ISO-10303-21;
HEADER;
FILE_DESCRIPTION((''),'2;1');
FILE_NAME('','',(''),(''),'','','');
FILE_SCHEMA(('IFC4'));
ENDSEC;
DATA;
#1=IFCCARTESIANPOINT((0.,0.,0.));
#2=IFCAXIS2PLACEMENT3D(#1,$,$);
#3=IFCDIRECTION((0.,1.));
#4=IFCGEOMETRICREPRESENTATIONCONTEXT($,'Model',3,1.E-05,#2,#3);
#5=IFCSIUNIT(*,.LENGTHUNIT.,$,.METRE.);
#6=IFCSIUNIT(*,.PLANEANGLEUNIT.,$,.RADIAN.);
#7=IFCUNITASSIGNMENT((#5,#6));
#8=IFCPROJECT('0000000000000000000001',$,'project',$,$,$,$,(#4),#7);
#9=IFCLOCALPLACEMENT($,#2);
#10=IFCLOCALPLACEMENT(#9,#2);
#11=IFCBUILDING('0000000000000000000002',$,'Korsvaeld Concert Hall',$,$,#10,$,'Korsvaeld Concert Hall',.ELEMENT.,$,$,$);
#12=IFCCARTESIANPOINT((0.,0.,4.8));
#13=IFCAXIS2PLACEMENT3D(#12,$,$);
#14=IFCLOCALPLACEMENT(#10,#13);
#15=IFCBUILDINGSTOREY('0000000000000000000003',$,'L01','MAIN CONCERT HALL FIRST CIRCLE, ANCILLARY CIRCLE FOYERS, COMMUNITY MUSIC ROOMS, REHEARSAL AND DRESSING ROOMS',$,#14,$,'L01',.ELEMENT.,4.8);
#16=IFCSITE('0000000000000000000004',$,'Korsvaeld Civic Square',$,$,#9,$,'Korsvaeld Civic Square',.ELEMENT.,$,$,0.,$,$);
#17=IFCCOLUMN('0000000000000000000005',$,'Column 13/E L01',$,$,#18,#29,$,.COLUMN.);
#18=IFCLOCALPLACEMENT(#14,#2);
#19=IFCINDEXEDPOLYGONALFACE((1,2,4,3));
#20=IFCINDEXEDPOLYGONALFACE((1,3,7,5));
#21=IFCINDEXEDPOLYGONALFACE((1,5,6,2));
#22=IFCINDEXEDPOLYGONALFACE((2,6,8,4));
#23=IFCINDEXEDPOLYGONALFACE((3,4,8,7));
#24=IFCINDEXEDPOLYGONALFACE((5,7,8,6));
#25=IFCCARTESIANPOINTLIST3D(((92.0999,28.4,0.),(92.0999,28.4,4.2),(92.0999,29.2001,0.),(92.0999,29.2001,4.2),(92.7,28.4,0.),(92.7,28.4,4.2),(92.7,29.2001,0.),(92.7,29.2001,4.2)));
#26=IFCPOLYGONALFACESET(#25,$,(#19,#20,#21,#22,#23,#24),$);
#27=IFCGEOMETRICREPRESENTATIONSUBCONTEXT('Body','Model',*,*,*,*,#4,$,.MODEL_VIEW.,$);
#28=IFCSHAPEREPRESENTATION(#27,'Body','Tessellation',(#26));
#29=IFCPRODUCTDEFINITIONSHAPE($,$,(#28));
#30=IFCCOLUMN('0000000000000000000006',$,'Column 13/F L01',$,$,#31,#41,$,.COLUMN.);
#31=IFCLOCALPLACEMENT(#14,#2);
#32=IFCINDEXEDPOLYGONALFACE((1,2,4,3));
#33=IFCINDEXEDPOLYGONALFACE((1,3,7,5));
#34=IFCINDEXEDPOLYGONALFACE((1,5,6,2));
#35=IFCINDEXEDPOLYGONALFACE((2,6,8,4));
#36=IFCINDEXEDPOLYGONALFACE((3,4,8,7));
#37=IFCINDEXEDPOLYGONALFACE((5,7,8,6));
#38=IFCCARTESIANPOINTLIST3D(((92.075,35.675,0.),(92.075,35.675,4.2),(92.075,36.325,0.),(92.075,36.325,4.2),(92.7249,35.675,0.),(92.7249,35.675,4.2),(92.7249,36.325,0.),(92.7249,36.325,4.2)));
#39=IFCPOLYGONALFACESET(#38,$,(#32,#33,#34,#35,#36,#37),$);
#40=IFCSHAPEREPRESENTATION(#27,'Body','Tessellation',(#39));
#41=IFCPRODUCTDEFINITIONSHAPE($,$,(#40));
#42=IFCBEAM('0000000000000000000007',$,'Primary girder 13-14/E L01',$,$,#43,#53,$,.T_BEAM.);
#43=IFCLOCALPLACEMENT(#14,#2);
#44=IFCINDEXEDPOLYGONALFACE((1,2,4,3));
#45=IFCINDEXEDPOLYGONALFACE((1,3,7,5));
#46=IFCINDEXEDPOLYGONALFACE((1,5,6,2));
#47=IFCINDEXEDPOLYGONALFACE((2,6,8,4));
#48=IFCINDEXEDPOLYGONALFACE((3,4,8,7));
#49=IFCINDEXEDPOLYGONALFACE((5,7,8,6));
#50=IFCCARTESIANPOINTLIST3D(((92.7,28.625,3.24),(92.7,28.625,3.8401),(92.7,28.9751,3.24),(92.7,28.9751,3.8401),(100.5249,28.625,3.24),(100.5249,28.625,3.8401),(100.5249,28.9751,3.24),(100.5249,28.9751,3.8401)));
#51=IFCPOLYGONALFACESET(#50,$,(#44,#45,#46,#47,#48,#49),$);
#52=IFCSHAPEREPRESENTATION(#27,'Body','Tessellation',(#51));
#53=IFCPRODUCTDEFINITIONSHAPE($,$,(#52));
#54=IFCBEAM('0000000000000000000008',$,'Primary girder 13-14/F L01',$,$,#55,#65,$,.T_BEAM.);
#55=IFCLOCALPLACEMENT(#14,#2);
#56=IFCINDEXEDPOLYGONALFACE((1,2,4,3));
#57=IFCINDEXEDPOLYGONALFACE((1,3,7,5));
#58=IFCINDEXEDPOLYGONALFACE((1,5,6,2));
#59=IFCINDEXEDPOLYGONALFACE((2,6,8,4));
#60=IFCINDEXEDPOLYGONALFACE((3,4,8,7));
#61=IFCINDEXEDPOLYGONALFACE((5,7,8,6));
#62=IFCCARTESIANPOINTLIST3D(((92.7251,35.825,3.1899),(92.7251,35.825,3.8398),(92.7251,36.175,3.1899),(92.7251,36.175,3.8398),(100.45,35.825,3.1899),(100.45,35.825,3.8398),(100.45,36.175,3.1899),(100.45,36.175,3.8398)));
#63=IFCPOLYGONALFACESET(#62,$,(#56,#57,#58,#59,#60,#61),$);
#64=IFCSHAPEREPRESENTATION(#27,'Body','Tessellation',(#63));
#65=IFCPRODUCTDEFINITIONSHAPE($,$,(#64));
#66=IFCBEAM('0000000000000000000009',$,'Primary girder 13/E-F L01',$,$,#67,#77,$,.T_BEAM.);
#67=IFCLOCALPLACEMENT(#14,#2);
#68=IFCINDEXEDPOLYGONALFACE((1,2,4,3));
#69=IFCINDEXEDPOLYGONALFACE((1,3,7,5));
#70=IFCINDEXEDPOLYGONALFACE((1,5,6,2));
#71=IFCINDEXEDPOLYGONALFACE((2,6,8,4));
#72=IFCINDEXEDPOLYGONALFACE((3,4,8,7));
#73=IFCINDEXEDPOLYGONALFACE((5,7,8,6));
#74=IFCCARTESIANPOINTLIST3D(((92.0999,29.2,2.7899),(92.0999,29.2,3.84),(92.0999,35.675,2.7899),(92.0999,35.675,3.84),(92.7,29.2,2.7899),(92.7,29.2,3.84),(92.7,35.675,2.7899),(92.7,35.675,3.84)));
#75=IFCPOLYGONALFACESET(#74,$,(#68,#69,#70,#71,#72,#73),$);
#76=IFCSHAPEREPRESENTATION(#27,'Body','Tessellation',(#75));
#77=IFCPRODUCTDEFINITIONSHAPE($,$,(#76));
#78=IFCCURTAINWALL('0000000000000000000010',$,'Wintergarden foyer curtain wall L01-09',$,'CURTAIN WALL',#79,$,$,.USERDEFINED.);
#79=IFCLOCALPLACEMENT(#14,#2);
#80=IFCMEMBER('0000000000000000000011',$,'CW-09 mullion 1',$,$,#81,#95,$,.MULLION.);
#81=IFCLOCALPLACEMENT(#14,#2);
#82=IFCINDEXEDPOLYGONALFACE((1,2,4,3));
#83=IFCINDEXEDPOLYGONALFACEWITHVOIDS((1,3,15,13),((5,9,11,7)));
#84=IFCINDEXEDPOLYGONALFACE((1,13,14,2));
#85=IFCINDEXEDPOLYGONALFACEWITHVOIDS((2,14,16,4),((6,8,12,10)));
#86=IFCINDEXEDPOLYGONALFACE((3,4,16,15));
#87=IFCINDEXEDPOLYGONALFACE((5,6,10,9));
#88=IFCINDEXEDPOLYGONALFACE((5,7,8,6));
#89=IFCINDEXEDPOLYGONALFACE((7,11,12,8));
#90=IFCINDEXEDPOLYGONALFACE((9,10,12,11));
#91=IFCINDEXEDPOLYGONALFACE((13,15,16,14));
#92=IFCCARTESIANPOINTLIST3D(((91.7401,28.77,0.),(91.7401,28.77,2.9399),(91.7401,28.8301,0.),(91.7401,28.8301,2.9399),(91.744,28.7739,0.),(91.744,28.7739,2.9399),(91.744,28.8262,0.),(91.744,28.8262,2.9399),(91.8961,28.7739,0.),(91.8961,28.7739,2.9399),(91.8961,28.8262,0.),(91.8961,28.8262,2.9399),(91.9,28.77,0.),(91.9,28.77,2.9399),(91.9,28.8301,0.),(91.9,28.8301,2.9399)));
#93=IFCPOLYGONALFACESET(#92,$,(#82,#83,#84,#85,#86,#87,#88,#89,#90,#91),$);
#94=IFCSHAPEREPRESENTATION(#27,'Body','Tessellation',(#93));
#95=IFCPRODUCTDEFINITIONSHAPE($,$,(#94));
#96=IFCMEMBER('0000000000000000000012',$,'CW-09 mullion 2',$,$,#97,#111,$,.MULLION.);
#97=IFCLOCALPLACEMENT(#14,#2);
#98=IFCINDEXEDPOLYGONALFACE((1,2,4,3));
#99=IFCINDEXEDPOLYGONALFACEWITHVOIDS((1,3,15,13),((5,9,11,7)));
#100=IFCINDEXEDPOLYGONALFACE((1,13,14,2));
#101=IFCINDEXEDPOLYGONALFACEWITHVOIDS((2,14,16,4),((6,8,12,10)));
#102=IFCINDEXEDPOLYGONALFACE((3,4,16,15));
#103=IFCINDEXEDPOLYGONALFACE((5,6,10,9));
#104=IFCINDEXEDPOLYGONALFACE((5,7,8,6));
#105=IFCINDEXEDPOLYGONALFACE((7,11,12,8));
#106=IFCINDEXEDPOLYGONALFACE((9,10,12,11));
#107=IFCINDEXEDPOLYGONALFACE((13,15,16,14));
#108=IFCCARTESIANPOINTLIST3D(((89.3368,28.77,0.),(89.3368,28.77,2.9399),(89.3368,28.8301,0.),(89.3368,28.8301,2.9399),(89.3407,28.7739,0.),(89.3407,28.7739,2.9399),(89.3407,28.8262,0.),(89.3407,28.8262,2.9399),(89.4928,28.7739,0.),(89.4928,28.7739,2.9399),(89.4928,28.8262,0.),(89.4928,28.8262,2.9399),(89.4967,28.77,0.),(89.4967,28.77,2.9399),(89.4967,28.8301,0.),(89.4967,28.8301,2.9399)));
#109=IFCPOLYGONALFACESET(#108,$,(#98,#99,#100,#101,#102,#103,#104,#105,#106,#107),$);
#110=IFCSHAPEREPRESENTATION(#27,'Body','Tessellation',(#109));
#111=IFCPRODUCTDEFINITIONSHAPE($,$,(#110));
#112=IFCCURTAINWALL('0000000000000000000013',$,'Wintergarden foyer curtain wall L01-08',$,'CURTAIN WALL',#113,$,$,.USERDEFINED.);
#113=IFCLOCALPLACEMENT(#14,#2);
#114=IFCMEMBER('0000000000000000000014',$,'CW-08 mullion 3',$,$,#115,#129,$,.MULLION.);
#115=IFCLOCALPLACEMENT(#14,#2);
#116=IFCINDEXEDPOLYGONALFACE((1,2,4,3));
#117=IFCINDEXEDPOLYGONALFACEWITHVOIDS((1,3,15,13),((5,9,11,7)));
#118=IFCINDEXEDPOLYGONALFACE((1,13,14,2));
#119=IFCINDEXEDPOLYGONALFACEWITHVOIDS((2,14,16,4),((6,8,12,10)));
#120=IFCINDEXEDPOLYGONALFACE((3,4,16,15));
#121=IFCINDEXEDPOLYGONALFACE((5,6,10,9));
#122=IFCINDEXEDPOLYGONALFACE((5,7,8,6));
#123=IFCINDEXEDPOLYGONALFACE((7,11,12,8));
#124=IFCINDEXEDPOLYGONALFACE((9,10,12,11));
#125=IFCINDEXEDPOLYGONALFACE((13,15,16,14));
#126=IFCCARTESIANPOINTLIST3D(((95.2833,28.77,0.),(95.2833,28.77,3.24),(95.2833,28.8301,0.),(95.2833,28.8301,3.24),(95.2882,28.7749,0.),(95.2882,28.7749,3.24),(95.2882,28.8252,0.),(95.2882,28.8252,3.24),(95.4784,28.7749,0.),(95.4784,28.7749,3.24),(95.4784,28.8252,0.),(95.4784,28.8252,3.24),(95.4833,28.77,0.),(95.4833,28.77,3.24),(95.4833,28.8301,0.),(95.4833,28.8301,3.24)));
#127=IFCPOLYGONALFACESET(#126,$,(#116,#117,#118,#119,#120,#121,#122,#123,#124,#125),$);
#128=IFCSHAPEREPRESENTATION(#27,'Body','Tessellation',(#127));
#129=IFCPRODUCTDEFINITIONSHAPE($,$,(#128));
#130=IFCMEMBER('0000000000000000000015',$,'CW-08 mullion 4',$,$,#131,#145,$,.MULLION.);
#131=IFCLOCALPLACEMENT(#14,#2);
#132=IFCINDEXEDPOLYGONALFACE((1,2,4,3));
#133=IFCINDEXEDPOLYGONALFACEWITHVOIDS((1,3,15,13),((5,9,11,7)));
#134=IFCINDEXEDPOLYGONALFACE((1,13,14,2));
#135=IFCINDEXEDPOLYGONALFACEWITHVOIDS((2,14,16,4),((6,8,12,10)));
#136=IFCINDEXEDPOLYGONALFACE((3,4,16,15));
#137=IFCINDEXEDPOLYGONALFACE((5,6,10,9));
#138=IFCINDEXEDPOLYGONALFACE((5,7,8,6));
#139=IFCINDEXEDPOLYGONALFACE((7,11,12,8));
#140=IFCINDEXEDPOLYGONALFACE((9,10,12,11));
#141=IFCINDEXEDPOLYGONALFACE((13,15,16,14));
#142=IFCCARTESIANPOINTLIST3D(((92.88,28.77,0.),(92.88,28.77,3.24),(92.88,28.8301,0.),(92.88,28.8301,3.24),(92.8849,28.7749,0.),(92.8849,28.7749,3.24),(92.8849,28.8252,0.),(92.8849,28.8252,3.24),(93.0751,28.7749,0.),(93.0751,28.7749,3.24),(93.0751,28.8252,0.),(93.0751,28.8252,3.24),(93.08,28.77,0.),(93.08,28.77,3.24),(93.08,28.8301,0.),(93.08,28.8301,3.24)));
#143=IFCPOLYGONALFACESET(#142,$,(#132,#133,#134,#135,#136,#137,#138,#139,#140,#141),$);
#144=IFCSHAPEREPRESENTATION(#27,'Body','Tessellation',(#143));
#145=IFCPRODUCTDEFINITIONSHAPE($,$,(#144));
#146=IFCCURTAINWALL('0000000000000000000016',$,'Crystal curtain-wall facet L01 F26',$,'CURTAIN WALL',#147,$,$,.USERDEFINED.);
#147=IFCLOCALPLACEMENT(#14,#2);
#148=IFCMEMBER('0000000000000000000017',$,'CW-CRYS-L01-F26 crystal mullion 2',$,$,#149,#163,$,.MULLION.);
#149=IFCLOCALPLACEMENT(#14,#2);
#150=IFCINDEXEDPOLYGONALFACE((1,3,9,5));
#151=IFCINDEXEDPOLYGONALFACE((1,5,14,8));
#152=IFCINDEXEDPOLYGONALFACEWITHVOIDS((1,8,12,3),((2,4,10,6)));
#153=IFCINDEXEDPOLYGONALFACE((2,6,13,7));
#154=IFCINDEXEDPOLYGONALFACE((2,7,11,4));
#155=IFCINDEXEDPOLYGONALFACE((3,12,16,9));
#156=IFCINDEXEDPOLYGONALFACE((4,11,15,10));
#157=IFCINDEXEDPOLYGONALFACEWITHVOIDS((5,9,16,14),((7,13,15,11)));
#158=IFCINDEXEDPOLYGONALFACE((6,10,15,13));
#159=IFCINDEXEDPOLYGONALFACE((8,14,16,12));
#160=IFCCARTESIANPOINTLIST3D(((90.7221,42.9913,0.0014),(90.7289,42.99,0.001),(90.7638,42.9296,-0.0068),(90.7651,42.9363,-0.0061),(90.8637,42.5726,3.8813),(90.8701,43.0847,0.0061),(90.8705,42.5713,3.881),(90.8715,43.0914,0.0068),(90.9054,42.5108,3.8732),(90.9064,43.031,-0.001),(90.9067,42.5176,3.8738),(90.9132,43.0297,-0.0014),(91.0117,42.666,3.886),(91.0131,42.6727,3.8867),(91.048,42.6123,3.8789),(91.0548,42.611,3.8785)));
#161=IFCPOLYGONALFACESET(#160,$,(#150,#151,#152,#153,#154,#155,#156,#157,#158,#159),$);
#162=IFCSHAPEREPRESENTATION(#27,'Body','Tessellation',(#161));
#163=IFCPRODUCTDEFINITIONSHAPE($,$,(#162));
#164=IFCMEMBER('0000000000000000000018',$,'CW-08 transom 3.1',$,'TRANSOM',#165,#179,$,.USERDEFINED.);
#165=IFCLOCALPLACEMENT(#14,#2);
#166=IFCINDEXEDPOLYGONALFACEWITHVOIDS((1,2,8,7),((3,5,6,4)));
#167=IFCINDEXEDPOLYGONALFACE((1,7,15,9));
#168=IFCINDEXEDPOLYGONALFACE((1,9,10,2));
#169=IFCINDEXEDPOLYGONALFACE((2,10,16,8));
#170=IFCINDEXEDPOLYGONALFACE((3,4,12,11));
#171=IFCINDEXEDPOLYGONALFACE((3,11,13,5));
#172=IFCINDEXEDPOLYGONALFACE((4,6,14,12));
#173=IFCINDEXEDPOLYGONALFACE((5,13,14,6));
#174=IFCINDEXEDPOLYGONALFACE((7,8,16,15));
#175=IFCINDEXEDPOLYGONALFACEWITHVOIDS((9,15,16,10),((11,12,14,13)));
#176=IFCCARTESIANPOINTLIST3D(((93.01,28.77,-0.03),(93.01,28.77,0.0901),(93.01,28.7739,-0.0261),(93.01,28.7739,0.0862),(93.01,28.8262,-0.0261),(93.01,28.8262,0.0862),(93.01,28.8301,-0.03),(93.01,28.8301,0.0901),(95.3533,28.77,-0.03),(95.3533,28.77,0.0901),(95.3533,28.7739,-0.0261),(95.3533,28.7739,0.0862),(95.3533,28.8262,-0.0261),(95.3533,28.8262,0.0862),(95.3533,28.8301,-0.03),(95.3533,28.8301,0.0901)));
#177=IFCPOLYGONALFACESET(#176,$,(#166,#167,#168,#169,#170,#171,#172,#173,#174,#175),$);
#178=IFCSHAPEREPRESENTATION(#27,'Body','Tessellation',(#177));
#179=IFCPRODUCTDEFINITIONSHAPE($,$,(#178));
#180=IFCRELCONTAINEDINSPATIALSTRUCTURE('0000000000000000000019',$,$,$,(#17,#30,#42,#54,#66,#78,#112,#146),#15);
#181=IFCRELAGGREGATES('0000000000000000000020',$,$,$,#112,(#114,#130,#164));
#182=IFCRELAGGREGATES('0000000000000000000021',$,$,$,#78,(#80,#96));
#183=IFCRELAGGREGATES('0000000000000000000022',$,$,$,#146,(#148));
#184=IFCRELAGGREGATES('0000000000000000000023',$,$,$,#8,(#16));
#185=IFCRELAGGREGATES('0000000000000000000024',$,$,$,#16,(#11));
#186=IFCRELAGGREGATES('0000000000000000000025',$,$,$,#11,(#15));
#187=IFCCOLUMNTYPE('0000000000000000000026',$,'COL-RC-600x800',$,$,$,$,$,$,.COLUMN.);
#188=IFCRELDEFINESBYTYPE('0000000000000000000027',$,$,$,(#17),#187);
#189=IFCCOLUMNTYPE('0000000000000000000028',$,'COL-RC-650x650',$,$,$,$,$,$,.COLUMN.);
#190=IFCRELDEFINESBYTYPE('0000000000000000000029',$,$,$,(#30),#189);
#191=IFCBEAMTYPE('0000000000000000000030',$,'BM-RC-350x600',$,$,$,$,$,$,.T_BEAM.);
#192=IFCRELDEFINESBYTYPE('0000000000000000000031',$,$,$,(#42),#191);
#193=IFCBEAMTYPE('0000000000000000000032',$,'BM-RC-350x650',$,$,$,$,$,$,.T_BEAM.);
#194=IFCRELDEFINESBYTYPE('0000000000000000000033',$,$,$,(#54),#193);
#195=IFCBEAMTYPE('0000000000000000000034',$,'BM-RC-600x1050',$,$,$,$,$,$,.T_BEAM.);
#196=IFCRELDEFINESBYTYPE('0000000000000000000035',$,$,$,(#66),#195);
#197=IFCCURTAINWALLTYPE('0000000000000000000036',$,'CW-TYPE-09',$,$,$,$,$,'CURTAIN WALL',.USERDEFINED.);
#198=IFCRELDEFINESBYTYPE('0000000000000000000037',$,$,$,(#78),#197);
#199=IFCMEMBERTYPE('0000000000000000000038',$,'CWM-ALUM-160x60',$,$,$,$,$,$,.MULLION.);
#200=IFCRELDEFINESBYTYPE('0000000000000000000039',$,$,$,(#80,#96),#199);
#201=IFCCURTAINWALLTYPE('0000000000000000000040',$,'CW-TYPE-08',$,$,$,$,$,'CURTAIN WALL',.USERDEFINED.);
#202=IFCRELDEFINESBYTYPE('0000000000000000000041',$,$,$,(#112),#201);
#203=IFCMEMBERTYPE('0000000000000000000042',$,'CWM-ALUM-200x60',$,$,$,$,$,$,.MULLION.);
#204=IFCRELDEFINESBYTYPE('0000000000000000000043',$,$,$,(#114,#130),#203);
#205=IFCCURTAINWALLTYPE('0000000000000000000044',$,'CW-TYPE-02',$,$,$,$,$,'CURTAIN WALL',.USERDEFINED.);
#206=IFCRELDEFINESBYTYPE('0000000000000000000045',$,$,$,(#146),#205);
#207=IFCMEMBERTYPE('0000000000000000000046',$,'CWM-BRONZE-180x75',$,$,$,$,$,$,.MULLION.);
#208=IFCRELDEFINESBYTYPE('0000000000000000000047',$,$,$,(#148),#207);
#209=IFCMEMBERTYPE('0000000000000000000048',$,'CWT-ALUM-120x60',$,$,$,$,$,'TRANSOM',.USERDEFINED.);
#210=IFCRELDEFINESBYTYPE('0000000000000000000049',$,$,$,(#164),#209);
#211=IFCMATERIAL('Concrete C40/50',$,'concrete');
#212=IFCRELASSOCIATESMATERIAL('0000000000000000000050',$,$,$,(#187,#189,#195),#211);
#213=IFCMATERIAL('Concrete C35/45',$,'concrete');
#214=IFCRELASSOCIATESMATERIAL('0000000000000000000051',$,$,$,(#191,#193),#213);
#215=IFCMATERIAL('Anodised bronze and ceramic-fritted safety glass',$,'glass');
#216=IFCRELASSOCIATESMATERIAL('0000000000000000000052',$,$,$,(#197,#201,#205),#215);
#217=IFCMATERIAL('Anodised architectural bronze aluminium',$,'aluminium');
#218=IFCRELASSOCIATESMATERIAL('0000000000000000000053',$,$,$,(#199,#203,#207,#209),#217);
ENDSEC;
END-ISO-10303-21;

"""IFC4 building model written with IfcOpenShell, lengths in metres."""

from ifc_helpers import new_model, si_unit, direction, frame, origin, origin_2d, place, context, subcontext, project, spatial, rectangle, hollow_rectangle, extrude, material, material_profile, profile_set, type_object, element, aggregate, save


model = new_model("IFC4")

# Units and contexts
model_context = context("Model", 3, precision=1e-05, world=origin(), true_north=direction((0.0, 1.0)))
body_context = subcontext(model_context, "Body", "Model", "MODEL_VIEW")
ifc_project = project(units=[si_unit("LENGTHUNIT", "METRE"), si_unit("PLANEANGLEUNIT", "RADIAN")], contexts=[model_context])

# Site, building, storey
site_placement = place(None, origin())
site = spatial("IfcSite", under=ifc_project, at=site_placement, Name="Korsvaeld Civic Square", LongName="Korsvaeld Civic Square", CompositionType="ELEMENT", RefElevation=0.0)
building_placement = place(site_placement, origin())
building = spatial("IfcBuilding", under=site, at=building_placement, Name="Korsvaeld Concert Hall", LongName="Korsvaeld Concert Hall", CompositionType="ELEMENT")
storey_placement = place(building_placement, frame((0.0, 0.0, 4.8)))
storey = spatial("IfcBuildingStorey", under=building, at=storey_placement, Name="L01", Description="MAIN CONCERT HALL FIRST CIRCLE, ANCILLARY CIRCLE FOYERS, COMMUNITY MUSIC ROOMS, REHEARSAL AND DRESSING ROOMS", LongName="L01", CompositionType="ELEMENT", Elevation=4.8)

# Columns
ifc_material_1 = material(Name="Concrete C40/50", Category="concrete")
ifc_material_profile_1 = material_profile(ifc_material_1, rectangle(XDim=0.6001, YDim=0.8, at=origin_2d()), Name="RC 600x800")
ifc_profile_set_1 = profile_set([ifc_material_profile_1], Name="Concrete C40/50")
column_type_1 = type_object("IfcColumnType", Name="COL-RC-600x800", PredefinedType="COLUMN", material=ifc_profile_set_1)
column_1_placement = place(storey_placement, frame((92.3999, 28.8, 0.0), z_axis=(0.0, 0.0, 1.0), x_axis=(1.0, 0.0, 0.0)))
element("IfcColumn", 1, at=column_1_placement, inside=storey, type_object=column_type_1, Name="Column 13/E L01", PredefinedType="COLUMN", context=body_context, shape_type="SweptSolid", body=[
    extrude(rectangle(XDim=0.6001, YDim=0.8, at=origin_2d()), origin(), (0.0, 0.0, 1.0), 4.2),
])
ifc_material_profile_2 = material_profile(ifc_material_1, rectangle(XDim=0.6499, YDim=0.6499, at=origin_2d()), Name="RC 650x650")
ifc_profile_set_2 = profile_set([ifc_material_profile_2], Name="Concrete C40/50")
column_type_2 = type_object("IfcColumnType", Name="COL-RC-650x650", PredefinedType="COLUMN", material=ifc_profile_set_2)
column_2_placement = place(storey_placement, frame((92.3999, 36.0, 0.0), z_axis=(0.0, 0.0, 1.0), x_axis=(1.0, 0.0, 0.0)))
element("IfcColumn", 2, at=column_2_placement, inside=storey, type_object=column_type_2, Name="Column 13/F L01", PredefinedType="COLUMN", context=body_context, shape_type="SweptSolid", body=[
    extrude(rectangle(XDim=0.6499, YDim=0.6499, at=origin_2d()), origin(), (0.0, 0.0, 1.0), 4.2),
])

# Beams
ifc_material_2 = material(Name="Concrete C35/45", Category="concrete")
ifc_material_profile_3 = material_profile(ifc_material_2, rectangle(XDim=0.3501, YDim=0.6001, at=origin_2d()), Name="RC 350x600")
ifc_profile_set_3 = profile_set([ifc_material_profile_3], Name="Concrete C35/45")
beam_type_1 = type_object("IfcBeamType", Name="BM-RC-350x600", PredefinedType="T_BEAM", material=ifc_profile_set_3)
beam_1_placement = place(storey_placement, frame((92.7, 28.8, 3.54), z_axis=(1.0, 0.0, 0.0), x_axis=(0.0, 1.0, 0.0)))
element("IfcBeam", 3, at=beam_1_placement, inside=storey, type_object=beam_type_1, Name="Primary girder 13-14/E L01", PredefinedType="T_BEAM", context=body_context, shape_type="SweptSolid", body=[
    extrude(rectangle(XDim=0.3501, YDim=0.6001, at=origin_2d()), origin(), (0.0, 0.0, 1.0), 7.825),
])
ifc_material_profile_4 = material_profile(ifc_material_2, rectangle(XDim=0.3501, YDim=0.6499, at=origin_2d()), Name="RC 350x650")
ifc_profile_set_4 = profile_set([ifc_material_profile_4], Name="Concrete C35/45")
beam_type_2 = type_object("IfcBeamType", Name="BM-RC-350x650", PredefinedType="T_BEAM", material=ifc_profile_set_4)
beam_2_placement = place(storey_placement, frame((92.7251, 36.0, 3.5149), z_axis=(1.0, 0.0, 0.0), x_axis=(0.0, 1.0, 0.0)))
element("IfcBeam", 4, at=beam_2_placement, inside=storey, type_object=beam_type_2, Name="Primary girder 13-14/F L01", PredefinedType="T_BEAM", context=body_context, shape_type="SweptSolid", body=[
    extrude(rectangle(XDim=0.3501, YDim=0.6499, at=origin_2d()), origin(), (0.0, 0.0, 1.0), 7.7249),
])
ifc_material_profile_5 = material_profile(ifc_material_1, rectangle(XDim=0.6001, YDim=1.05, at=origin_2d()), Name="RC 600x1050")
ifc_profile_set_5 = profile_set([ifc_material_profile_5], Name="Concrete C40/50")
beam_type_3 = type_object("IfcBeamType", Name="BM-RC-600x1050", PredefinedType="T_BEAM", material=ifc_profile_set_5)
beam_3_placement = place(storey_placement, frame((92.3999, 29.2, 3.3149), z_axis=(0.0, 1.0, 0.0), x_axis=(-1.0, 0.0, 0.0)))
element("IfcBeam", 5, at=beam_3_placement, inside=storey, type_object=beam_type_3, Name="Primary girder 13/E-F L01", PredefinedType="T_BEAM", context=body_context, shape_type="SweptSolid", body=[
    extrude(rectangle(XDim=0.6001, YDim=1.05, at=origin_2d()), origin(), (0.0, 0.0, 1.0), 6.4751),
])

# Curtain walls, members
ifc_material_3 = material(Name="Anodised bronze and ceramic-fritted safety glass", Category="glass")
curtain_wall_type_1 = type_object("IfcCurtainWallType", Name="CW-TYPE-09", ElementType="CURTAIN WALL", PredefinedType="USERDEFINED", material=ifc_material_3)
curtain_wall_1_placement = place(storey_placement, origin())
curtain_wall_1 = element("IfcCurtainWall", 6, at=curtain_wall_1_placement, inside=storey, type_object=curtain_wall_type_1, Name="Wintergarden foyer curtain wall L01-09", ObjectType="CURTAIN WALL", PredefinedType="USERDEFINED")
ifc_material_4 = material(Name="Anodised architectural bronze aluminium", Category="aluminium")
ifc_material_profile_6 = material_profile(ifc_material_4, hollow_rectangle(XDim=0.0601, YDim=0.1599, WallThickness=0.0039, at=origin_2d()), Name="CWM 160x60x4")
ifc_profile_set_6 = profile_set([ifc_material_profile_6], Name="Anodised architectural bronze aluminium")
member_type_1 = type_object("IfcMemberType", Name="CWM-ALUM-160x60", PredefinedType="MULLION", material=ifc_profile_set_6)
member_1_placement = place(storey_placement, frame((91.8201, 28.8, 0.0), z_axis=(0.0, 0.0, 1.0), x_axis=(0.0, -1.0, 0.0)))
member_1 = element("IfcMember", 7, at=member_1_placement, type_object=member_type_1, Name="CW-09 mullion 1", PredefinedType="MULLION", context=body_context, shape_type="SweptSolid", body=[
    extrude(hollow_rectangle(XDim=0.0601, YDim=0.1599, WallThickness=0.0039, at=origin_2d()), origin(), (0.0, 0.0, 1.0), 2.9399),
])
member_2_placement = place(storey_placement, frame((89.4167, 28.8, 0.0), z_axis=(0.0, 0.0, 1.0), x_axis=(0.0, -1.0, 0.0)))
member_2 = element("IfcMember", 8, at=member_2_placement, type_object=member_type_1, Name="CW-09 mullion 2", PredefinedType="MULLION", context=body_context, shape_type="SweptSolid", body=[
    extrude(hollow_rectangle(XDim=0.0601, YDim=0.1599, WallThickness=0.0039, at=origin_2d()), origin(), (0.0, 0.0, 1.0), 2.9399),
])
curtain_wall_type_2 = type_object("IfcCurtainWallType", Name="CW-TYPE-08", ElementType="CURTAIN WALL", PredefinedType="USERDEFINED", material=ifc_material_3)
curtain_wall_2_placement = place(storey_placement, origin())
curtain_wall_2 = element("IfcCurtainWall", 9, at=curtain_wall_2_placement, inside=storey, type_object=curtain_wall_type_2, Name="Wintergarden foyer curtain wall L01-08", ObjectType="CURTAIN WALL", PredefinedType="USERDEFINED")
ifc_material_profile_7 = material_profile(ifc_material_4, hollow_rectangle(XDim=0.0601, YDim=0.2, WallThickness=0.0049, at=origin_2d()), Name="CWM 200x60x5")
ifc_profile_set_7 = profile_set([ifc_material_profile_7], Name="Anodised architectural bronze aluminium")
member_type_2 = type_object("IfcMemberType", Name="CWM-ALUM-200x60", PredefinedType="MULLION", material=ifc_profile_set_7)
member_3_placement = place(storey_placement, frame((95.3833, 28.8, 0.0), z_axis=(0.0, 0.0, 1.0), x_axis=(0.0, -1.0, 0.0)))
member_3 = element("IfcMember", 10, at=member_3_placement, type_object=member_type_2, Name="CW-08 mullion 3", PredefinedType="MULLION", context=body_context, shape_type="SweptSolid", body=[
    extrude(hollow_rectangle(XDim=0.0601, YDim=0.2, WallThickness=0.0049, at=origin_2d()), origin(), (0.0, 0.0, 1.0), 3.24),
])
member_4_placement = place(storey_placement, frame((92.98, 28.8, 0.0), z_axis=(0.0, 0.0, 1.0), x_axis=(0.0, -1.0, 0.0)))
member_4 = element("IfcMember", 11, at=member_4_placement, type_object=member_type_2, Name="CW-08 mullion 4", PredefinedType="MULLION", context=body_context, shape_type="SweptSolid", body=[
    extrude(hollow_rectangle(XDim=0.0601, YDim=0.2, WallThickness=0.0049, at=origin_2d()), origin(), (0.0, 0.0, 1.0), 3.24),
])

# Curtain wall, member
curtain_wall_type_3 = type_object("IfcCurtainWallType", Name="CW-TYPE-02", ElementType="CURTAIN WALL", PredefinedType="USERDEFINED", material=ifc_material_3)
curtain_wall_3_placement = place(storey_placement, origin())
curtain_wall_3 = element("IfcCurtainWall", 12, at=curtain_wall_3_placement, inside=storey, type_object=curtain_wall_type_3, Name="Crystal curtain-wall facet L01 F26", ObjectType="CURTAIN WALL", PredefinedType="USERDEFINED")
ifc_material_profile_8 = material_profile(ifc_material_4, hollow_rectangle(XDim=0.075, YDim=0.1799, WallThickness=0.0049, at=origin_2d()), Name="CWM 180x75x5")
ifc_profile_set_8 = profile_set([ifc_material_profile_8], Name="Anodised architectural bronze aluminium")
member_type_3 = type_object("IfcMemberType", Name="CWM-BRONZE-180x75", PredefinedType="MULLION", material=ifc_profile_set_8)
member_5_placement = place(storey_placement, frame((90.8176, 43.0105, 0.0), z_axis=(0.036262, -0.107222, 0.993574), x_axis=(-0.556164, 0.823866, 0.109206)))
member_5 = element("IfcMember", 13, at=member_5_placement, type_object=member_type_3, Name="CW-CRYS-L01-F26 crystal mullion 2", PredefinedType="MULLION", context=body_context, shape_type="SweptSolid", body=[
    extrude(hollow_rectangle(XDim=0.075, YDim=0.1799, WallThickness=0.0049, at=origin_2d()), origin(), (0.0, 0.0, 1.0), 3.905),
])

# Member
ifc_material_profile_9 = material_profile(ifc_material_4, hollow_rectangle(XDim=0.0601, YDim=0.1201, WallThickness=0.0039, at=origin_2d()), Name="CWT 120x60x4")
ifc_profile_set_9 = profile_set([ifc_material_profile_9], Name="Anodised architectural bronze aluminium")
member_type_4 = type_object("IfcMemberType", Name="CWT-ALUM-120x60", ElementType="TRANSOM", PredefinedType="USERDEFINED", material=ifc_profile_set_9)
member_6_placement = place(storey_placement, frame((95.3533, 28.8, 0.03), z_axis=(-1.0, 0.0, 0.0), x_axis=(0.0, -1.0, 0.0)))
member_6 = element("IfcMember", 14, at=member_6_placement, type_object=member_type_4, Name="CW-08 transom 3.1", ObjectType="TRANSOM", PredefinedType="USERDEFINED", context=body_context, shape_type="SweptSolid", body=[
    extrude(hollow_rectangle(XDim=0.0601, YDim=0.1201, WallThickness=0.0039, at=origin_2d()), origin(), (0.0, 0.0, 1.0), 2.3433),
])

aggregate(curtain_wall_2, [member_3, member_4, member_6])
aggregate(curtain_wall_1, [member_1, member_2])
aggregate(curtain_wall_3, [member_5])

save(model, "model.ifc")
